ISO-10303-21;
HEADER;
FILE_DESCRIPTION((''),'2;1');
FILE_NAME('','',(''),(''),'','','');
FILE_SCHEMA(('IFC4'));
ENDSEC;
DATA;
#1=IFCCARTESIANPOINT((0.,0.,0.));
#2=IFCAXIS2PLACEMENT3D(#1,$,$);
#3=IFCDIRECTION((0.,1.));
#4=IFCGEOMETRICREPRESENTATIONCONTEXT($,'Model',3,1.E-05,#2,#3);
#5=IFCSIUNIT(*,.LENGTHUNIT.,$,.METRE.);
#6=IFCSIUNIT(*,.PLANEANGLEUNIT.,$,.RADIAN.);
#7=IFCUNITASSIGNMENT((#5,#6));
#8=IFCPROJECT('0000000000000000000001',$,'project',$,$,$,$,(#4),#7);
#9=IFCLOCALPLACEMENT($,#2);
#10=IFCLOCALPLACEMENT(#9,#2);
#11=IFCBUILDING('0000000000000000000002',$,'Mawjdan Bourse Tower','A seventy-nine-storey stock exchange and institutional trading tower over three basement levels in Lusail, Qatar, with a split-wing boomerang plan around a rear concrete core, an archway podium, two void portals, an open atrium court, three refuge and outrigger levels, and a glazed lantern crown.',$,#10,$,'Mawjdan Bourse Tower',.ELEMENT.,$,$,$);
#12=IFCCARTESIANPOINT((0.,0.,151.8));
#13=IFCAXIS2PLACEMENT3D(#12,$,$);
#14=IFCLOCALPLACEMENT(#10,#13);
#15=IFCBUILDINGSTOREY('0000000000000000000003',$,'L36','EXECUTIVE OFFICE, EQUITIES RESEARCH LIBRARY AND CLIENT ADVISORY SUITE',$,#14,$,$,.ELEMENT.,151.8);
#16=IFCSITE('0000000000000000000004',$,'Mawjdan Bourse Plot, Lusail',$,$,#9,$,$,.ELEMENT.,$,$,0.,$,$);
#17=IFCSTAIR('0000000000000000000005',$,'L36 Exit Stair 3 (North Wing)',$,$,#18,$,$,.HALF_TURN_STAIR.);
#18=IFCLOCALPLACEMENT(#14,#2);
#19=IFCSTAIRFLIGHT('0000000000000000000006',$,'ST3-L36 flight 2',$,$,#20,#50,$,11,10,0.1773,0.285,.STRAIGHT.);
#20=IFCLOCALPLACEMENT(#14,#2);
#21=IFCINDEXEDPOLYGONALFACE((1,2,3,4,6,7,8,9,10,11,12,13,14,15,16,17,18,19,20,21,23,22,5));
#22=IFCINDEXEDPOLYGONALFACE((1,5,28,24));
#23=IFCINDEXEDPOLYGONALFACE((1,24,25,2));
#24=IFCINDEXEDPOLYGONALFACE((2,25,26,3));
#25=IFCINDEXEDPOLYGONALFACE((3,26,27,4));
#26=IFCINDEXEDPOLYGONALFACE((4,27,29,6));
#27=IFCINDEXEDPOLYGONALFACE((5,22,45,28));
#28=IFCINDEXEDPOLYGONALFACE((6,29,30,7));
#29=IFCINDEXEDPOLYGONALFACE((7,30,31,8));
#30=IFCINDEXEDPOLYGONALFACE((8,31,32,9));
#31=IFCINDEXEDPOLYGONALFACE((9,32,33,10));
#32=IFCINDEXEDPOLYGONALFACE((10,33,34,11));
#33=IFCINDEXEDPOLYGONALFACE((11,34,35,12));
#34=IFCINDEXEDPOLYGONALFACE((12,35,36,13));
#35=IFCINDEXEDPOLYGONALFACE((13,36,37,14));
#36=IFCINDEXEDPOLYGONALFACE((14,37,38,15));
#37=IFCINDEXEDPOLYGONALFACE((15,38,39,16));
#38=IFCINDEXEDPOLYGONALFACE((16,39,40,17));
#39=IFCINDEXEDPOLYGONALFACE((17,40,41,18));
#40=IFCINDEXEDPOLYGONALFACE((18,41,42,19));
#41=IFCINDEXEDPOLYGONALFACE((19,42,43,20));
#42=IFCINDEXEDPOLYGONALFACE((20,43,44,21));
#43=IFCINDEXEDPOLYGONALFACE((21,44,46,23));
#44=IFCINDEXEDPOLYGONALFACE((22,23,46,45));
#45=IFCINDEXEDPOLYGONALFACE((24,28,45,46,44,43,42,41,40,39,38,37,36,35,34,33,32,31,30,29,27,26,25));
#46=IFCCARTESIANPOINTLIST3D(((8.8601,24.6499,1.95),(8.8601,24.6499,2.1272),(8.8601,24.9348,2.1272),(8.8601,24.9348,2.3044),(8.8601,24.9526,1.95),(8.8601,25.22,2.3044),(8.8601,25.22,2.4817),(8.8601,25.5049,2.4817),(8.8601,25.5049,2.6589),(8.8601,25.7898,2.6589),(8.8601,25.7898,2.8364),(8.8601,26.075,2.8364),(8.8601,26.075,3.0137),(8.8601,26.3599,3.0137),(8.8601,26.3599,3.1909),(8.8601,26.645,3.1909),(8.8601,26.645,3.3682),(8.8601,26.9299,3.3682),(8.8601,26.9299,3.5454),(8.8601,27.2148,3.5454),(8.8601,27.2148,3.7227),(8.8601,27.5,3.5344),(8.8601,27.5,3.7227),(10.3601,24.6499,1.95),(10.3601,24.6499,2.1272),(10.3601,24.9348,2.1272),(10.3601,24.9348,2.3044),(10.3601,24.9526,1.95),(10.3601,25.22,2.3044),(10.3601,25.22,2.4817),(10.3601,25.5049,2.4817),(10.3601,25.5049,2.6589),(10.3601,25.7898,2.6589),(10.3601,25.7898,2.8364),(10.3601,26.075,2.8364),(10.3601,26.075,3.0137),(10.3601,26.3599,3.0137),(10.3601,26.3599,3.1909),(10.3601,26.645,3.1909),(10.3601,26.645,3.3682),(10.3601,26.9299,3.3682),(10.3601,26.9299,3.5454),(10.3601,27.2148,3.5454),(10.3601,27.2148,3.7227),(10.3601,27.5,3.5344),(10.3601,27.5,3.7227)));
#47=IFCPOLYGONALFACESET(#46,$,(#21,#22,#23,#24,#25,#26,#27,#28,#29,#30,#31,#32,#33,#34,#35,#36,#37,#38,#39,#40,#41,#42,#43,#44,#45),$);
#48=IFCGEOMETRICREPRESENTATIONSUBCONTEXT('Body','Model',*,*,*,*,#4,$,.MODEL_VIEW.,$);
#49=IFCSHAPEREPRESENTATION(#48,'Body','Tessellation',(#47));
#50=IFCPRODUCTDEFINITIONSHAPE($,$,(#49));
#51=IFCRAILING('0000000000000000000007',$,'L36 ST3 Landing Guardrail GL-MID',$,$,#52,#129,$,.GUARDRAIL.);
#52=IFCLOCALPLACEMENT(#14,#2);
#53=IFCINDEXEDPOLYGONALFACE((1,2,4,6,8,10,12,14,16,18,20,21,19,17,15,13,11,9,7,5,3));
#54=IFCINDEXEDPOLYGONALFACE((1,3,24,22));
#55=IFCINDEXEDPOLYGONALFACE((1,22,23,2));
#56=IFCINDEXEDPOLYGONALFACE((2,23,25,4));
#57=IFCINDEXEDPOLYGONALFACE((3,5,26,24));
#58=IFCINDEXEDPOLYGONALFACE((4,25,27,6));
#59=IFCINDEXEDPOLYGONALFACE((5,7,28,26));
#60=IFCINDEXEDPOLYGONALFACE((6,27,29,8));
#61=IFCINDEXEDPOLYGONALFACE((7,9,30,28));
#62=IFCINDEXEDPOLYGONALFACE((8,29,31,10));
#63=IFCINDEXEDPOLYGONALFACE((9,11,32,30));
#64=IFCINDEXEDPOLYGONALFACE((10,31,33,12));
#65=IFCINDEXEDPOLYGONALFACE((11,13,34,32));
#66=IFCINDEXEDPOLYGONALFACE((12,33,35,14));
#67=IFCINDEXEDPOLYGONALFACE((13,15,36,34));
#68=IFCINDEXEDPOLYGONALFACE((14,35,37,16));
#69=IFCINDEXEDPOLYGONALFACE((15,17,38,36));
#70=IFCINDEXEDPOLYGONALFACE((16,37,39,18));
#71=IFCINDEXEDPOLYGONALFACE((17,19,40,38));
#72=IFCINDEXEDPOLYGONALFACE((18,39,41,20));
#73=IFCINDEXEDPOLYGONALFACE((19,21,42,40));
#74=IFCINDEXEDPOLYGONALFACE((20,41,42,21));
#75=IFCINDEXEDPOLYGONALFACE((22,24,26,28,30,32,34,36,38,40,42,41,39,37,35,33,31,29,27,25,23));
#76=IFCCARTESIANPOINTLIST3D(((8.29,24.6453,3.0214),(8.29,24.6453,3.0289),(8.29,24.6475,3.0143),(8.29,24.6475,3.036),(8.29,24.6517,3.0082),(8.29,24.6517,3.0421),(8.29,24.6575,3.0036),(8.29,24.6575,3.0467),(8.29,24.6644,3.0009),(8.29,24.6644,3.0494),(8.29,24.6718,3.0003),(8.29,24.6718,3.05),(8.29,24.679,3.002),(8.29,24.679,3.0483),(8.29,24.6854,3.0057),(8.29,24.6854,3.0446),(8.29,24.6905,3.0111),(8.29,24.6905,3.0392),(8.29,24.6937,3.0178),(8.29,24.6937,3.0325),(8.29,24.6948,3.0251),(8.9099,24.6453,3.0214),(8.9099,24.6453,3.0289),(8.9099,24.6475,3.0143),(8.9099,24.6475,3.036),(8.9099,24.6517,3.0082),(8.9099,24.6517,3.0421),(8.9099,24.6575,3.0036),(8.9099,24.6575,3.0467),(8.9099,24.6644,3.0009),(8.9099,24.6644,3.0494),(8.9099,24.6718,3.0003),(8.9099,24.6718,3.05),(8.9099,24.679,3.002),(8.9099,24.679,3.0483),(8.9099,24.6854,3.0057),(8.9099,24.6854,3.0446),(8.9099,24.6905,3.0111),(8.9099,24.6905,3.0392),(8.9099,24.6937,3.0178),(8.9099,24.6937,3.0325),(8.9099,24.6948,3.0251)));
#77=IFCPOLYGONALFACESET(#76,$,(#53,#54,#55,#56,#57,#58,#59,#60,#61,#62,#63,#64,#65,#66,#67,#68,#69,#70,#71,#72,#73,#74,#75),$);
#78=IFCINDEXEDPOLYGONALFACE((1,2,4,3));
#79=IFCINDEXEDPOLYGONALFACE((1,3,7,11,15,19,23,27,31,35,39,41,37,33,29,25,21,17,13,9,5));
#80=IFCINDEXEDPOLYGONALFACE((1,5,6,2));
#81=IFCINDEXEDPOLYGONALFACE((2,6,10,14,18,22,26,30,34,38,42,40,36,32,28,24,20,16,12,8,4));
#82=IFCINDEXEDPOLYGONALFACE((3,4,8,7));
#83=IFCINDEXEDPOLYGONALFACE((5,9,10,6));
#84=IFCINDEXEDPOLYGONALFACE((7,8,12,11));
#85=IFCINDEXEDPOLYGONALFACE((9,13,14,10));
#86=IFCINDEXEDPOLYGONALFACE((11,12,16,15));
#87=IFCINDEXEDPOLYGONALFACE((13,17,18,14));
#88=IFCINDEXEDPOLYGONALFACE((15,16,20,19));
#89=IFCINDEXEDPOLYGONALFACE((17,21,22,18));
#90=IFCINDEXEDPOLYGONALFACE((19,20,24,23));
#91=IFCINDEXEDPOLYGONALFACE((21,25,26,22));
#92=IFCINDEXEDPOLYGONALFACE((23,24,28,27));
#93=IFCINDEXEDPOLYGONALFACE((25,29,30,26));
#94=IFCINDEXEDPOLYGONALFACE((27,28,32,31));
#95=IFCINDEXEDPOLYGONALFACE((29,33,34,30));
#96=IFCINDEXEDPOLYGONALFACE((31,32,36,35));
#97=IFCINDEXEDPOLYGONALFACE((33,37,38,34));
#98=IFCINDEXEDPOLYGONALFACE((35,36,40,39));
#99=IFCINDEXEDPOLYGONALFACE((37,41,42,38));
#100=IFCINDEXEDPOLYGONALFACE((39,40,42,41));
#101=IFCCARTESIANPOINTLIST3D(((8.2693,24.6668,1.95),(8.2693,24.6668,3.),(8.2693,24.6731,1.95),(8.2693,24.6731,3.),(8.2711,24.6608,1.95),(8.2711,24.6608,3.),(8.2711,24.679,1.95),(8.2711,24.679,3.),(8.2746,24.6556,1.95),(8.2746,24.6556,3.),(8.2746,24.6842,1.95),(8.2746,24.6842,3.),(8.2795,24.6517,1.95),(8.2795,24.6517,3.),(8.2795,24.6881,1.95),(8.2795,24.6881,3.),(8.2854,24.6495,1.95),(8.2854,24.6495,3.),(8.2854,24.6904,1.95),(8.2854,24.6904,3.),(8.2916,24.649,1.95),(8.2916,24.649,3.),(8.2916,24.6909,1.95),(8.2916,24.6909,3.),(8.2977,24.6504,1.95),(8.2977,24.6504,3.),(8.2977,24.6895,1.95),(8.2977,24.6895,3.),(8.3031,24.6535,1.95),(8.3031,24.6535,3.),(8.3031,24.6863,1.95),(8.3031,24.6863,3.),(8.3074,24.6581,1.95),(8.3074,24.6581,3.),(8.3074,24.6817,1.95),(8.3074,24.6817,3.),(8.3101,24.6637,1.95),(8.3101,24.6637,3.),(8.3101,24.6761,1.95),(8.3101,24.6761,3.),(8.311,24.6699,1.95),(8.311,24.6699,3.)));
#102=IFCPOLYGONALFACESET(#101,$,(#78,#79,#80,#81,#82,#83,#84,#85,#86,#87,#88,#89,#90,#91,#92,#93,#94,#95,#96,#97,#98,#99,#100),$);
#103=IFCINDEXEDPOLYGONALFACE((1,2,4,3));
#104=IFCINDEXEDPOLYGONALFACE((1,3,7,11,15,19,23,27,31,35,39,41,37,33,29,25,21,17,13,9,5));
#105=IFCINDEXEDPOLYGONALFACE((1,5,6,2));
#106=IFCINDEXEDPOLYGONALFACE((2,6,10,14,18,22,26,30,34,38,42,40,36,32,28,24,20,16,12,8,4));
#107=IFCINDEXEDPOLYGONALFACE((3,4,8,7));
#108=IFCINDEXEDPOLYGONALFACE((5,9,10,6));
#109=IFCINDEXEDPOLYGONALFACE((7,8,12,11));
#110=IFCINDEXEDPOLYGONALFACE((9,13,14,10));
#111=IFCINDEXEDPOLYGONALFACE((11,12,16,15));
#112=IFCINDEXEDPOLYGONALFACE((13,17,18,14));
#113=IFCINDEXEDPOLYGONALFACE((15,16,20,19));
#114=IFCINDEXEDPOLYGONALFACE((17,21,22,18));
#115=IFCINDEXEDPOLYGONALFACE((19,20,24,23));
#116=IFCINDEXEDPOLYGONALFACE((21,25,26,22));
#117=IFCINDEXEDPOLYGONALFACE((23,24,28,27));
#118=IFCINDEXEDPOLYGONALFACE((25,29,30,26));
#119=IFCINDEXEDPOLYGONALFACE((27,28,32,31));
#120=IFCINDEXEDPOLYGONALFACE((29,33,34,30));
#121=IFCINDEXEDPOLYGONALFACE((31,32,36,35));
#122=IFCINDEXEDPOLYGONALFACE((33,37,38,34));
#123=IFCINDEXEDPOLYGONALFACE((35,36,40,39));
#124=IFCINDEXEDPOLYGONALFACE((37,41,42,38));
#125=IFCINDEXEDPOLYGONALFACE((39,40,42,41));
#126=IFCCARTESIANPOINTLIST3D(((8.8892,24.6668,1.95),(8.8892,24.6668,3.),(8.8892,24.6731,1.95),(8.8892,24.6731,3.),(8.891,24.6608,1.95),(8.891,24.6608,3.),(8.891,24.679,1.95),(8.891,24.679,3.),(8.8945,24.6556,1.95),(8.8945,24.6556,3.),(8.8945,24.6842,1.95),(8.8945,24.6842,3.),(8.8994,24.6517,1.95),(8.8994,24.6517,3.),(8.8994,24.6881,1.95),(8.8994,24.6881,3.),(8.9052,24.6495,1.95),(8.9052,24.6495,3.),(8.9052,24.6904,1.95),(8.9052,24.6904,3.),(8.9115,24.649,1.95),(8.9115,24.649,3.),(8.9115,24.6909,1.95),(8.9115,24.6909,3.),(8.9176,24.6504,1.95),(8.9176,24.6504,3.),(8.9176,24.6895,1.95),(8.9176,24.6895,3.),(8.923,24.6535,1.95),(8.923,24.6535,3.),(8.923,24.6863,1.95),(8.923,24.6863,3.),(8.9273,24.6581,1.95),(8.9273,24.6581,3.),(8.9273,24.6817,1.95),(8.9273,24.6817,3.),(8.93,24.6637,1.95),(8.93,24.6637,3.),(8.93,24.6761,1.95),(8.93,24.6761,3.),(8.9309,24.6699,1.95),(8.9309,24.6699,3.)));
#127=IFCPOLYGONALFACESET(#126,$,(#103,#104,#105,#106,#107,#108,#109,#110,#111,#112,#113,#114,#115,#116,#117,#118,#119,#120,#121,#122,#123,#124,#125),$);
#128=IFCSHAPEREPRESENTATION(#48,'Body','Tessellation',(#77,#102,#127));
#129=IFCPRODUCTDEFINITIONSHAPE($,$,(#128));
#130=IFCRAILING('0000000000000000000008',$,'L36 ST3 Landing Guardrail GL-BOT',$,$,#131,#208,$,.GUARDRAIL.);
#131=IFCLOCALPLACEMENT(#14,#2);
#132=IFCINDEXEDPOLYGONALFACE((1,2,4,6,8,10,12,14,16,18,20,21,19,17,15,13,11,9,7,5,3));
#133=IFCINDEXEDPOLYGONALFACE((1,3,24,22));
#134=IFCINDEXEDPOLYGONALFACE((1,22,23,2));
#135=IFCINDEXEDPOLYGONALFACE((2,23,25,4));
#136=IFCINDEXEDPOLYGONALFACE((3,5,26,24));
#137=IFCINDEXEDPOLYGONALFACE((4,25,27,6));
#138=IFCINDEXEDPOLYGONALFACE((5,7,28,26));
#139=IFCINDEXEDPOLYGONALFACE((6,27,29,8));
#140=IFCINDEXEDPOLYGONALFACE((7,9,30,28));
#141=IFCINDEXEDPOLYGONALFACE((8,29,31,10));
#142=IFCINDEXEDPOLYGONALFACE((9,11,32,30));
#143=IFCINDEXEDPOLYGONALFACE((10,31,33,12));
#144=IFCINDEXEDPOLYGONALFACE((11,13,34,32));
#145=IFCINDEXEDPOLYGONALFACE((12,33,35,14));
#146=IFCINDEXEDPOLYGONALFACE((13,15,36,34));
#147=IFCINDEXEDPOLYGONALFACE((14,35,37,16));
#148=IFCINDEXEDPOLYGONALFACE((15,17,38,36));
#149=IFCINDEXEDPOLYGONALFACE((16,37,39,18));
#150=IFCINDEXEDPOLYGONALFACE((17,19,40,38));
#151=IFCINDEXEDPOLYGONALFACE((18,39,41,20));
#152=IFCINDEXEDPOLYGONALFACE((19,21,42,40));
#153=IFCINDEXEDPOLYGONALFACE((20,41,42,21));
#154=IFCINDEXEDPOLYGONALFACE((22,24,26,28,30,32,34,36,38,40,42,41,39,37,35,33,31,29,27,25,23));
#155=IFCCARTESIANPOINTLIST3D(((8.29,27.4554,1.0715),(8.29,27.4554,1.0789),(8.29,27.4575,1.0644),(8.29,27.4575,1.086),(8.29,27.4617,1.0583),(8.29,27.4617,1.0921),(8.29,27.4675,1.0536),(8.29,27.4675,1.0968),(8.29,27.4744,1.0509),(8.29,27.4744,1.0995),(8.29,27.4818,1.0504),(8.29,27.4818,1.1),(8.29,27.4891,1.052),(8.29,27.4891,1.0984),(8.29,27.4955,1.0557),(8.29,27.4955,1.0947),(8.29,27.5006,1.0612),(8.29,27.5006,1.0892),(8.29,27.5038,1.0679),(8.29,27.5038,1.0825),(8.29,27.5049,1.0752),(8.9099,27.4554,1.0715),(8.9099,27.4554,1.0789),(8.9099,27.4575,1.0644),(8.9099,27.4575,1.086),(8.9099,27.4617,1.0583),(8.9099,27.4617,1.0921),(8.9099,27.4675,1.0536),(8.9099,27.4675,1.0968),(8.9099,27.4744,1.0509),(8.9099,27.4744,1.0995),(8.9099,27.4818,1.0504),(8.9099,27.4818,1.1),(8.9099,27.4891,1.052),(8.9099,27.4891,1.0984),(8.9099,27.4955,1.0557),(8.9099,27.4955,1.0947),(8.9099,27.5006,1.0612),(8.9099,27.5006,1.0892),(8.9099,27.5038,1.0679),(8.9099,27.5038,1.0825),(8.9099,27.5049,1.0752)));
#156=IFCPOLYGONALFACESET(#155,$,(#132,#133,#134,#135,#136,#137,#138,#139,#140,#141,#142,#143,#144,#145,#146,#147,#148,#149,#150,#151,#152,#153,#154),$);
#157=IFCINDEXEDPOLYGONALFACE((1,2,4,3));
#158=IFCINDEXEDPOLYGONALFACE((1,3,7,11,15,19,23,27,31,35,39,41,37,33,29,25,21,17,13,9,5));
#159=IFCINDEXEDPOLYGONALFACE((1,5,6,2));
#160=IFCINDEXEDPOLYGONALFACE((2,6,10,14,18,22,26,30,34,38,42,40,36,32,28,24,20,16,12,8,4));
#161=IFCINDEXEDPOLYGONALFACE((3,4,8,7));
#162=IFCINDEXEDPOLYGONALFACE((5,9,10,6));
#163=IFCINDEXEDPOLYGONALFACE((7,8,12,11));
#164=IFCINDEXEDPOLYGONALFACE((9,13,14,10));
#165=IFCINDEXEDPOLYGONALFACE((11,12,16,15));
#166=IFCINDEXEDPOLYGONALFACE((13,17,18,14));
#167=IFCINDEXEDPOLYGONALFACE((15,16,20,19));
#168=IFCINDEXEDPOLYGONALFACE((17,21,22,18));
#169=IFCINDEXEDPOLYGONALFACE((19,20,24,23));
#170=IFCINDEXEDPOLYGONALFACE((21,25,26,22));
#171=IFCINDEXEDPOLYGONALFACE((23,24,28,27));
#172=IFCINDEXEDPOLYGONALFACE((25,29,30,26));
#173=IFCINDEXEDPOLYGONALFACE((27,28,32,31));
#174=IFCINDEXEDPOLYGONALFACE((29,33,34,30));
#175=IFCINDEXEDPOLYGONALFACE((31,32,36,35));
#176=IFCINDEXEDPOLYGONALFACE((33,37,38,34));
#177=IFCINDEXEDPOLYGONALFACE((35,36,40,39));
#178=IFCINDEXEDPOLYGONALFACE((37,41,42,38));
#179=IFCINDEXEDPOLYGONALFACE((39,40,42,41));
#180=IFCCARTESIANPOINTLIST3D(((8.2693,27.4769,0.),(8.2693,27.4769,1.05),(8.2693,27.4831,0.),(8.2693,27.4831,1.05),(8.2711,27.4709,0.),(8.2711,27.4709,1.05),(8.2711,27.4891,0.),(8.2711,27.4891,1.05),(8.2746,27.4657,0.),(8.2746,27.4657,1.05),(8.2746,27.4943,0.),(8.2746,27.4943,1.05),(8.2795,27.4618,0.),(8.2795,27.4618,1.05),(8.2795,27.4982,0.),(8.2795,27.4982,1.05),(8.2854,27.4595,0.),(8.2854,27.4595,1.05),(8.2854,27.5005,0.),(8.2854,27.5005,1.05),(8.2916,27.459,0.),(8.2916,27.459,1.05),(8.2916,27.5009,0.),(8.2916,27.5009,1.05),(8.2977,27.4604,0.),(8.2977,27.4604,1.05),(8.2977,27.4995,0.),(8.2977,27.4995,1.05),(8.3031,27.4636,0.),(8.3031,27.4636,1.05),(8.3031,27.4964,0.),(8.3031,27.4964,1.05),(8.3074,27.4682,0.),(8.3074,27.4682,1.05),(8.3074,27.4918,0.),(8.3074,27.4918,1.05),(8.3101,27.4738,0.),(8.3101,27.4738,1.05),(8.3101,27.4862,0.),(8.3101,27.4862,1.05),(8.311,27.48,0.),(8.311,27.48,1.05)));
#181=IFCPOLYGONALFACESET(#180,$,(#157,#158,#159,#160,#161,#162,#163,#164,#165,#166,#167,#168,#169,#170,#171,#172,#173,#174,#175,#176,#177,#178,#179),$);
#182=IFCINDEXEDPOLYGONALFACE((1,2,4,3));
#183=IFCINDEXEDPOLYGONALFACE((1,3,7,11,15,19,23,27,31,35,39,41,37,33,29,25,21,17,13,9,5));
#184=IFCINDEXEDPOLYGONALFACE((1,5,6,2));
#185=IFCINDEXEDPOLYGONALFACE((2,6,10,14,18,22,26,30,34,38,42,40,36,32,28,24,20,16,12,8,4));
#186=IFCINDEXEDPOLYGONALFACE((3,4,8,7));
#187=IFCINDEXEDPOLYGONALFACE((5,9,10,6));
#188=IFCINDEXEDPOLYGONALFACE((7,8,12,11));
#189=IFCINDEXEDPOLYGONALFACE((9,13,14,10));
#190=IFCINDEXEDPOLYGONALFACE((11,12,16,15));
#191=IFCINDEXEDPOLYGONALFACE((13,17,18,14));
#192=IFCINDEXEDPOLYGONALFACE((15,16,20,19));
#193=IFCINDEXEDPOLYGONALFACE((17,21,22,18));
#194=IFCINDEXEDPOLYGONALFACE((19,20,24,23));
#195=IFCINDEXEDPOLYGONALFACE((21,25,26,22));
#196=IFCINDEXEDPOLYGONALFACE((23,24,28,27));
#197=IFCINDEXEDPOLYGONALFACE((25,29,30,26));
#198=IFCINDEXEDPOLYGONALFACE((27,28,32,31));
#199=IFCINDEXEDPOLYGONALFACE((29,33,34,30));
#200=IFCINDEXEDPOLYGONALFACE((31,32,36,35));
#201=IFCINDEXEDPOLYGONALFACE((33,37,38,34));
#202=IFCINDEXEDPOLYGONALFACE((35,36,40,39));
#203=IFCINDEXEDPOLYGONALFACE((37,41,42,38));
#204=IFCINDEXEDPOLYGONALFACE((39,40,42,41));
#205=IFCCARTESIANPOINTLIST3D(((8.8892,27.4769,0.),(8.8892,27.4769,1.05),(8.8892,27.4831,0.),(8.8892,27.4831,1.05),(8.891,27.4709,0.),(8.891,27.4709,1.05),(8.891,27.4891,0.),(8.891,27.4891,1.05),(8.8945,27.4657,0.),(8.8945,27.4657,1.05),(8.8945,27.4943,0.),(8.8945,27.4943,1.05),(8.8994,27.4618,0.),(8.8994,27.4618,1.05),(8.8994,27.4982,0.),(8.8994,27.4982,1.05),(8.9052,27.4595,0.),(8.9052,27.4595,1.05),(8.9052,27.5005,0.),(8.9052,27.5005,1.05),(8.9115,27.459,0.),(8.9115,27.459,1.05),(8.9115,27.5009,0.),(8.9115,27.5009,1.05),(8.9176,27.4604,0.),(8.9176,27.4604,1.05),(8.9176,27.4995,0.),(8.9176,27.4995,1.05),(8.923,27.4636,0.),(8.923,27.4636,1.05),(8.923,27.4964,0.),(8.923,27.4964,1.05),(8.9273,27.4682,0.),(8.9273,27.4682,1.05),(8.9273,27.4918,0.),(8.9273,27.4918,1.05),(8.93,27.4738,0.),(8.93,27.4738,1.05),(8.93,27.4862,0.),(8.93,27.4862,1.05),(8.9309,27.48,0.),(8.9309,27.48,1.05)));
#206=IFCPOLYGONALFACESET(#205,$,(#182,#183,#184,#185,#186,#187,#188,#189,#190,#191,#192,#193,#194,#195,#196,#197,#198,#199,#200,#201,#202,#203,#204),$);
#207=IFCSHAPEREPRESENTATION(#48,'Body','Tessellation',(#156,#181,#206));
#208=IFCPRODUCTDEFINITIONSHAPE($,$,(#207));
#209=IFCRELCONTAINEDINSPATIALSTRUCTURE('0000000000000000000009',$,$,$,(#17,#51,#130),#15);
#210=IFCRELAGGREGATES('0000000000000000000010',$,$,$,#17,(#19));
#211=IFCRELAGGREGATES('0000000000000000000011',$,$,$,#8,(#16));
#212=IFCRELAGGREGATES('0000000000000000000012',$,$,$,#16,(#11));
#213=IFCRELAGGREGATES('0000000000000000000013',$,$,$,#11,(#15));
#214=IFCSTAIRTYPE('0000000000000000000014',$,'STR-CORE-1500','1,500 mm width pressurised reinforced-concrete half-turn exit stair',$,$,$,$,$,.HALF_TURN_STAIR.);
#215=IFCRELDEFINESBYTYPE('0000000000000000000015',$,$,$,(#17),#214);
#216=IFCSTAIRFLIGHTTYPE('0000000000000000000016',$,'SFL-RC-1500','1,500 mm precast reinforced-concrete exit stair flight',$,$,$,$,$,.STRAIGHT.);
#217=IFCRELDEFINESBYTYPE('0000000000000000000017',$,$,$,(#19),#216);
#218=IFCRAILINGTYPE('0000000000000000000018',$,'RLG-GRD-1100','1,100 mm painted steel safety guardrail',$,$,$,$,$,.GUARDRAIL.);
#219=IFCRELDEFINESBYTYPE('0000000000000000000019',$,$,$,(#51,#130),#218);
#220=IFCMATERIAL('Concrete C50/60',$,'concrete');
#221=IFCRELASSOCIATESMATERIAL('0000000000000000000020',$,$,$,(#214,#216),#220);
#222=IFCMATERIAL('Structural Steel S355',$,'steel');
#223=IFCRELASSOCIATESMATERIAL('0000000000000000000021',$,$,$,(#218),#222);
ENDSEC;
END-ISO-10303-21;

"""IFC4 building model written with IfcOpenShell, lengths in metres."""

from ifc_helpers import new_model, si_unit, direction, frame, origin, origin_2d, place, context, subcontext, project, spatial, polyline, circle, outline, extrude, material, type_object, element, aggregate, save


model = new_model("IFC4")

# Units and contexts
model_context = context("Model", 3, precision=1e-05, world=origin(), true_north=direction((0.0, 1.0)))
body_context = subcontext(model_context, "Body", "Model", "MODEL_VIEW")
ifc_project = project(units=[si_unit("LENGTHUNIT", "METRE"), si_unit("PLANEANGLEUNIT", "RADIAN")], contexts=[model_context])

# Site, building, storey
site_placement = place(None, origin())
site = spatial("IfcSite", under=ifc_project, at=site_placement, Name="Mawjdan Bourse Plot, Lusail", CompositionType="ELEMENT", RefElevation=0.0)
building_placement = place(site_placement, origin())
building = spatial("IfcBuilding", under=site, at=building_placement, Name="Mawjdan Bourse Tower", Description="A seventy-nine-storey stock exchange and institutional trading tower over three basement levels in Lusail, Qatar, with a split-wing boomerang plan around a rear concrete core, an archway podium, two void portals, an open atrium court, three refuge and outrigger levels, and a glazed lantern crown.", LongName="Mawjdan Bourse Tower", CompositionType="ELEMENT")
storey_placement = place(building_placement, frame((0.0, 0.0, 151.8)))
storey = spatial("IfcBuildingStorey", under=building, at=storey_placement, Name="L36", Description="EXECUTIVE OFFICE, EQUITIES RESEARCH LIBRARY AND CLIENT ADVISORY SUITE", CompositionType="ELEMENT", Elevation=151.8)

# Shared definitions
ifc_material_1 = material(Name="Structural Steel S355", Category="steel")

# Shared definitions
ifc_material_2 = material(Name="Concrete C50/60", Category="concrete")

# Stair, stair flight
stair_type = type_object("IfcStairType", Name="STR-CORE-1500", Description="1,500 mm width pressurised reinforced-concrete half-turn exit stair", PredefinedType="HALF_TURN_STAIR", material=ifc_material_2)
stair_placement = place(storey_placement, origin())
stair = element("IfcStair", 1, at=stair_placement, inside=storey, type_object=stair_type, Name="L36 Exit Stair 3 (North Wing)", PredefinedType="HALF_TURN_STAIR")
stair_flight_type = type_object("IfcStairFlightType", Name="SFL-RC-1500", Description="1,500 mm precast reinforced-concrete exit stair flight", PredefinedType="STRAIGHT", material=ifc_material_2)
stair_flight_1_placement = place(storey_placement, frame((9.6101, 24.6499, 1.95), z_axis=(0.0, 0.0, 1.0), x_axis=(0.0, 1.0, 0.0)))
stair_flight_1 = element("IfcStairFlight", 2, at=stair_flight_1_placement, type_object=stair_flight_type, Name="ST3-L36 flight 2", NumberOfRisers=11, NumberOfTreads=10, PredefinedType="STRAIGHT", RiserHeight=0.1773, TreadLength=0.285, context=body_context, shape_type="SweptSolid", body=[
    extrude(outline(polyline([(0.0, 0.0), (0.0, 0.1772), (0.2849, 0.1772), (0.2849, 0.3545), (0.5701, 0.3545), (0.5701, 0.5317), (0.855, 0.5317), (0.855, 0.709), (1.1399, 0.709), (1.1399, 0.8865), (1.425, 0.8865), (1.425, 1.0637), (1.71, 1.0637), (1.71, 1.241), (1.9951, 1.241), (1.9951, 1.4182), (2.28, 1.4182), (2.28, 1.5955), (2.5649, 1.5955), (2.5649, 1.7727), (2.8501, 1.7727), (2.8501, 1.95), (2.8501, 1.5845), (0.3027, 0.0), (0.0, 0.0)])), frame((0.0, 0.75, 0.0), z_axis=(0.0, -1.0, 0.0), x_axis=(1.0, 0.0, 0.0)), (0.0, 0.0, 1.0), 1.5),
])
aggregate(stair, [stair_flight_1])

# Railings
railing_type_1 = type_object("IfcRailingType", Name="RLG-GRD-1100", Description="1,100 mm painted steel safety guardrail", PredefinedType="GUARDRAIL", material=ifc_material_1)
for number, where, name in (
    (3, (8.29, 24.6699, 1.95), "L36 ST3 Landing Guardrail GL-MID"),
    (4, (8.29, 27.48, 0.0), "L36 ST3 Landing Guardrail GL-BOT"),
):
    element("IfcRailing", number, at=place(storey_placement, frame(where)), inside=storey, type_object=railing_type_1, Name=name, PredefinedType="GUARDRAIL", context=body_context, shape_type="SweptSolid", body=[
        extrude(circle(Radius=0.0249, at=origin_2d()), frame((0.0, 0.0, 1.0752), z_axis=(1.0, 0.0, 0.0), x_axis=(0.0, 1.0, 0.0)), (0.0, 0.0, 1.0), 0.6199),
        extrude(circle(Radius=0.021, at=origin_2d()), origin(), (0.0, 0.0, 1.0), 1.05),
        extrude(circle(Radius=0.021, at=origin_2d()), frame((0.6199, 0.0, 0.0)), (0.0, 0.0, 1.0), 1.05),
    ])

save(model, "model.ifc")
